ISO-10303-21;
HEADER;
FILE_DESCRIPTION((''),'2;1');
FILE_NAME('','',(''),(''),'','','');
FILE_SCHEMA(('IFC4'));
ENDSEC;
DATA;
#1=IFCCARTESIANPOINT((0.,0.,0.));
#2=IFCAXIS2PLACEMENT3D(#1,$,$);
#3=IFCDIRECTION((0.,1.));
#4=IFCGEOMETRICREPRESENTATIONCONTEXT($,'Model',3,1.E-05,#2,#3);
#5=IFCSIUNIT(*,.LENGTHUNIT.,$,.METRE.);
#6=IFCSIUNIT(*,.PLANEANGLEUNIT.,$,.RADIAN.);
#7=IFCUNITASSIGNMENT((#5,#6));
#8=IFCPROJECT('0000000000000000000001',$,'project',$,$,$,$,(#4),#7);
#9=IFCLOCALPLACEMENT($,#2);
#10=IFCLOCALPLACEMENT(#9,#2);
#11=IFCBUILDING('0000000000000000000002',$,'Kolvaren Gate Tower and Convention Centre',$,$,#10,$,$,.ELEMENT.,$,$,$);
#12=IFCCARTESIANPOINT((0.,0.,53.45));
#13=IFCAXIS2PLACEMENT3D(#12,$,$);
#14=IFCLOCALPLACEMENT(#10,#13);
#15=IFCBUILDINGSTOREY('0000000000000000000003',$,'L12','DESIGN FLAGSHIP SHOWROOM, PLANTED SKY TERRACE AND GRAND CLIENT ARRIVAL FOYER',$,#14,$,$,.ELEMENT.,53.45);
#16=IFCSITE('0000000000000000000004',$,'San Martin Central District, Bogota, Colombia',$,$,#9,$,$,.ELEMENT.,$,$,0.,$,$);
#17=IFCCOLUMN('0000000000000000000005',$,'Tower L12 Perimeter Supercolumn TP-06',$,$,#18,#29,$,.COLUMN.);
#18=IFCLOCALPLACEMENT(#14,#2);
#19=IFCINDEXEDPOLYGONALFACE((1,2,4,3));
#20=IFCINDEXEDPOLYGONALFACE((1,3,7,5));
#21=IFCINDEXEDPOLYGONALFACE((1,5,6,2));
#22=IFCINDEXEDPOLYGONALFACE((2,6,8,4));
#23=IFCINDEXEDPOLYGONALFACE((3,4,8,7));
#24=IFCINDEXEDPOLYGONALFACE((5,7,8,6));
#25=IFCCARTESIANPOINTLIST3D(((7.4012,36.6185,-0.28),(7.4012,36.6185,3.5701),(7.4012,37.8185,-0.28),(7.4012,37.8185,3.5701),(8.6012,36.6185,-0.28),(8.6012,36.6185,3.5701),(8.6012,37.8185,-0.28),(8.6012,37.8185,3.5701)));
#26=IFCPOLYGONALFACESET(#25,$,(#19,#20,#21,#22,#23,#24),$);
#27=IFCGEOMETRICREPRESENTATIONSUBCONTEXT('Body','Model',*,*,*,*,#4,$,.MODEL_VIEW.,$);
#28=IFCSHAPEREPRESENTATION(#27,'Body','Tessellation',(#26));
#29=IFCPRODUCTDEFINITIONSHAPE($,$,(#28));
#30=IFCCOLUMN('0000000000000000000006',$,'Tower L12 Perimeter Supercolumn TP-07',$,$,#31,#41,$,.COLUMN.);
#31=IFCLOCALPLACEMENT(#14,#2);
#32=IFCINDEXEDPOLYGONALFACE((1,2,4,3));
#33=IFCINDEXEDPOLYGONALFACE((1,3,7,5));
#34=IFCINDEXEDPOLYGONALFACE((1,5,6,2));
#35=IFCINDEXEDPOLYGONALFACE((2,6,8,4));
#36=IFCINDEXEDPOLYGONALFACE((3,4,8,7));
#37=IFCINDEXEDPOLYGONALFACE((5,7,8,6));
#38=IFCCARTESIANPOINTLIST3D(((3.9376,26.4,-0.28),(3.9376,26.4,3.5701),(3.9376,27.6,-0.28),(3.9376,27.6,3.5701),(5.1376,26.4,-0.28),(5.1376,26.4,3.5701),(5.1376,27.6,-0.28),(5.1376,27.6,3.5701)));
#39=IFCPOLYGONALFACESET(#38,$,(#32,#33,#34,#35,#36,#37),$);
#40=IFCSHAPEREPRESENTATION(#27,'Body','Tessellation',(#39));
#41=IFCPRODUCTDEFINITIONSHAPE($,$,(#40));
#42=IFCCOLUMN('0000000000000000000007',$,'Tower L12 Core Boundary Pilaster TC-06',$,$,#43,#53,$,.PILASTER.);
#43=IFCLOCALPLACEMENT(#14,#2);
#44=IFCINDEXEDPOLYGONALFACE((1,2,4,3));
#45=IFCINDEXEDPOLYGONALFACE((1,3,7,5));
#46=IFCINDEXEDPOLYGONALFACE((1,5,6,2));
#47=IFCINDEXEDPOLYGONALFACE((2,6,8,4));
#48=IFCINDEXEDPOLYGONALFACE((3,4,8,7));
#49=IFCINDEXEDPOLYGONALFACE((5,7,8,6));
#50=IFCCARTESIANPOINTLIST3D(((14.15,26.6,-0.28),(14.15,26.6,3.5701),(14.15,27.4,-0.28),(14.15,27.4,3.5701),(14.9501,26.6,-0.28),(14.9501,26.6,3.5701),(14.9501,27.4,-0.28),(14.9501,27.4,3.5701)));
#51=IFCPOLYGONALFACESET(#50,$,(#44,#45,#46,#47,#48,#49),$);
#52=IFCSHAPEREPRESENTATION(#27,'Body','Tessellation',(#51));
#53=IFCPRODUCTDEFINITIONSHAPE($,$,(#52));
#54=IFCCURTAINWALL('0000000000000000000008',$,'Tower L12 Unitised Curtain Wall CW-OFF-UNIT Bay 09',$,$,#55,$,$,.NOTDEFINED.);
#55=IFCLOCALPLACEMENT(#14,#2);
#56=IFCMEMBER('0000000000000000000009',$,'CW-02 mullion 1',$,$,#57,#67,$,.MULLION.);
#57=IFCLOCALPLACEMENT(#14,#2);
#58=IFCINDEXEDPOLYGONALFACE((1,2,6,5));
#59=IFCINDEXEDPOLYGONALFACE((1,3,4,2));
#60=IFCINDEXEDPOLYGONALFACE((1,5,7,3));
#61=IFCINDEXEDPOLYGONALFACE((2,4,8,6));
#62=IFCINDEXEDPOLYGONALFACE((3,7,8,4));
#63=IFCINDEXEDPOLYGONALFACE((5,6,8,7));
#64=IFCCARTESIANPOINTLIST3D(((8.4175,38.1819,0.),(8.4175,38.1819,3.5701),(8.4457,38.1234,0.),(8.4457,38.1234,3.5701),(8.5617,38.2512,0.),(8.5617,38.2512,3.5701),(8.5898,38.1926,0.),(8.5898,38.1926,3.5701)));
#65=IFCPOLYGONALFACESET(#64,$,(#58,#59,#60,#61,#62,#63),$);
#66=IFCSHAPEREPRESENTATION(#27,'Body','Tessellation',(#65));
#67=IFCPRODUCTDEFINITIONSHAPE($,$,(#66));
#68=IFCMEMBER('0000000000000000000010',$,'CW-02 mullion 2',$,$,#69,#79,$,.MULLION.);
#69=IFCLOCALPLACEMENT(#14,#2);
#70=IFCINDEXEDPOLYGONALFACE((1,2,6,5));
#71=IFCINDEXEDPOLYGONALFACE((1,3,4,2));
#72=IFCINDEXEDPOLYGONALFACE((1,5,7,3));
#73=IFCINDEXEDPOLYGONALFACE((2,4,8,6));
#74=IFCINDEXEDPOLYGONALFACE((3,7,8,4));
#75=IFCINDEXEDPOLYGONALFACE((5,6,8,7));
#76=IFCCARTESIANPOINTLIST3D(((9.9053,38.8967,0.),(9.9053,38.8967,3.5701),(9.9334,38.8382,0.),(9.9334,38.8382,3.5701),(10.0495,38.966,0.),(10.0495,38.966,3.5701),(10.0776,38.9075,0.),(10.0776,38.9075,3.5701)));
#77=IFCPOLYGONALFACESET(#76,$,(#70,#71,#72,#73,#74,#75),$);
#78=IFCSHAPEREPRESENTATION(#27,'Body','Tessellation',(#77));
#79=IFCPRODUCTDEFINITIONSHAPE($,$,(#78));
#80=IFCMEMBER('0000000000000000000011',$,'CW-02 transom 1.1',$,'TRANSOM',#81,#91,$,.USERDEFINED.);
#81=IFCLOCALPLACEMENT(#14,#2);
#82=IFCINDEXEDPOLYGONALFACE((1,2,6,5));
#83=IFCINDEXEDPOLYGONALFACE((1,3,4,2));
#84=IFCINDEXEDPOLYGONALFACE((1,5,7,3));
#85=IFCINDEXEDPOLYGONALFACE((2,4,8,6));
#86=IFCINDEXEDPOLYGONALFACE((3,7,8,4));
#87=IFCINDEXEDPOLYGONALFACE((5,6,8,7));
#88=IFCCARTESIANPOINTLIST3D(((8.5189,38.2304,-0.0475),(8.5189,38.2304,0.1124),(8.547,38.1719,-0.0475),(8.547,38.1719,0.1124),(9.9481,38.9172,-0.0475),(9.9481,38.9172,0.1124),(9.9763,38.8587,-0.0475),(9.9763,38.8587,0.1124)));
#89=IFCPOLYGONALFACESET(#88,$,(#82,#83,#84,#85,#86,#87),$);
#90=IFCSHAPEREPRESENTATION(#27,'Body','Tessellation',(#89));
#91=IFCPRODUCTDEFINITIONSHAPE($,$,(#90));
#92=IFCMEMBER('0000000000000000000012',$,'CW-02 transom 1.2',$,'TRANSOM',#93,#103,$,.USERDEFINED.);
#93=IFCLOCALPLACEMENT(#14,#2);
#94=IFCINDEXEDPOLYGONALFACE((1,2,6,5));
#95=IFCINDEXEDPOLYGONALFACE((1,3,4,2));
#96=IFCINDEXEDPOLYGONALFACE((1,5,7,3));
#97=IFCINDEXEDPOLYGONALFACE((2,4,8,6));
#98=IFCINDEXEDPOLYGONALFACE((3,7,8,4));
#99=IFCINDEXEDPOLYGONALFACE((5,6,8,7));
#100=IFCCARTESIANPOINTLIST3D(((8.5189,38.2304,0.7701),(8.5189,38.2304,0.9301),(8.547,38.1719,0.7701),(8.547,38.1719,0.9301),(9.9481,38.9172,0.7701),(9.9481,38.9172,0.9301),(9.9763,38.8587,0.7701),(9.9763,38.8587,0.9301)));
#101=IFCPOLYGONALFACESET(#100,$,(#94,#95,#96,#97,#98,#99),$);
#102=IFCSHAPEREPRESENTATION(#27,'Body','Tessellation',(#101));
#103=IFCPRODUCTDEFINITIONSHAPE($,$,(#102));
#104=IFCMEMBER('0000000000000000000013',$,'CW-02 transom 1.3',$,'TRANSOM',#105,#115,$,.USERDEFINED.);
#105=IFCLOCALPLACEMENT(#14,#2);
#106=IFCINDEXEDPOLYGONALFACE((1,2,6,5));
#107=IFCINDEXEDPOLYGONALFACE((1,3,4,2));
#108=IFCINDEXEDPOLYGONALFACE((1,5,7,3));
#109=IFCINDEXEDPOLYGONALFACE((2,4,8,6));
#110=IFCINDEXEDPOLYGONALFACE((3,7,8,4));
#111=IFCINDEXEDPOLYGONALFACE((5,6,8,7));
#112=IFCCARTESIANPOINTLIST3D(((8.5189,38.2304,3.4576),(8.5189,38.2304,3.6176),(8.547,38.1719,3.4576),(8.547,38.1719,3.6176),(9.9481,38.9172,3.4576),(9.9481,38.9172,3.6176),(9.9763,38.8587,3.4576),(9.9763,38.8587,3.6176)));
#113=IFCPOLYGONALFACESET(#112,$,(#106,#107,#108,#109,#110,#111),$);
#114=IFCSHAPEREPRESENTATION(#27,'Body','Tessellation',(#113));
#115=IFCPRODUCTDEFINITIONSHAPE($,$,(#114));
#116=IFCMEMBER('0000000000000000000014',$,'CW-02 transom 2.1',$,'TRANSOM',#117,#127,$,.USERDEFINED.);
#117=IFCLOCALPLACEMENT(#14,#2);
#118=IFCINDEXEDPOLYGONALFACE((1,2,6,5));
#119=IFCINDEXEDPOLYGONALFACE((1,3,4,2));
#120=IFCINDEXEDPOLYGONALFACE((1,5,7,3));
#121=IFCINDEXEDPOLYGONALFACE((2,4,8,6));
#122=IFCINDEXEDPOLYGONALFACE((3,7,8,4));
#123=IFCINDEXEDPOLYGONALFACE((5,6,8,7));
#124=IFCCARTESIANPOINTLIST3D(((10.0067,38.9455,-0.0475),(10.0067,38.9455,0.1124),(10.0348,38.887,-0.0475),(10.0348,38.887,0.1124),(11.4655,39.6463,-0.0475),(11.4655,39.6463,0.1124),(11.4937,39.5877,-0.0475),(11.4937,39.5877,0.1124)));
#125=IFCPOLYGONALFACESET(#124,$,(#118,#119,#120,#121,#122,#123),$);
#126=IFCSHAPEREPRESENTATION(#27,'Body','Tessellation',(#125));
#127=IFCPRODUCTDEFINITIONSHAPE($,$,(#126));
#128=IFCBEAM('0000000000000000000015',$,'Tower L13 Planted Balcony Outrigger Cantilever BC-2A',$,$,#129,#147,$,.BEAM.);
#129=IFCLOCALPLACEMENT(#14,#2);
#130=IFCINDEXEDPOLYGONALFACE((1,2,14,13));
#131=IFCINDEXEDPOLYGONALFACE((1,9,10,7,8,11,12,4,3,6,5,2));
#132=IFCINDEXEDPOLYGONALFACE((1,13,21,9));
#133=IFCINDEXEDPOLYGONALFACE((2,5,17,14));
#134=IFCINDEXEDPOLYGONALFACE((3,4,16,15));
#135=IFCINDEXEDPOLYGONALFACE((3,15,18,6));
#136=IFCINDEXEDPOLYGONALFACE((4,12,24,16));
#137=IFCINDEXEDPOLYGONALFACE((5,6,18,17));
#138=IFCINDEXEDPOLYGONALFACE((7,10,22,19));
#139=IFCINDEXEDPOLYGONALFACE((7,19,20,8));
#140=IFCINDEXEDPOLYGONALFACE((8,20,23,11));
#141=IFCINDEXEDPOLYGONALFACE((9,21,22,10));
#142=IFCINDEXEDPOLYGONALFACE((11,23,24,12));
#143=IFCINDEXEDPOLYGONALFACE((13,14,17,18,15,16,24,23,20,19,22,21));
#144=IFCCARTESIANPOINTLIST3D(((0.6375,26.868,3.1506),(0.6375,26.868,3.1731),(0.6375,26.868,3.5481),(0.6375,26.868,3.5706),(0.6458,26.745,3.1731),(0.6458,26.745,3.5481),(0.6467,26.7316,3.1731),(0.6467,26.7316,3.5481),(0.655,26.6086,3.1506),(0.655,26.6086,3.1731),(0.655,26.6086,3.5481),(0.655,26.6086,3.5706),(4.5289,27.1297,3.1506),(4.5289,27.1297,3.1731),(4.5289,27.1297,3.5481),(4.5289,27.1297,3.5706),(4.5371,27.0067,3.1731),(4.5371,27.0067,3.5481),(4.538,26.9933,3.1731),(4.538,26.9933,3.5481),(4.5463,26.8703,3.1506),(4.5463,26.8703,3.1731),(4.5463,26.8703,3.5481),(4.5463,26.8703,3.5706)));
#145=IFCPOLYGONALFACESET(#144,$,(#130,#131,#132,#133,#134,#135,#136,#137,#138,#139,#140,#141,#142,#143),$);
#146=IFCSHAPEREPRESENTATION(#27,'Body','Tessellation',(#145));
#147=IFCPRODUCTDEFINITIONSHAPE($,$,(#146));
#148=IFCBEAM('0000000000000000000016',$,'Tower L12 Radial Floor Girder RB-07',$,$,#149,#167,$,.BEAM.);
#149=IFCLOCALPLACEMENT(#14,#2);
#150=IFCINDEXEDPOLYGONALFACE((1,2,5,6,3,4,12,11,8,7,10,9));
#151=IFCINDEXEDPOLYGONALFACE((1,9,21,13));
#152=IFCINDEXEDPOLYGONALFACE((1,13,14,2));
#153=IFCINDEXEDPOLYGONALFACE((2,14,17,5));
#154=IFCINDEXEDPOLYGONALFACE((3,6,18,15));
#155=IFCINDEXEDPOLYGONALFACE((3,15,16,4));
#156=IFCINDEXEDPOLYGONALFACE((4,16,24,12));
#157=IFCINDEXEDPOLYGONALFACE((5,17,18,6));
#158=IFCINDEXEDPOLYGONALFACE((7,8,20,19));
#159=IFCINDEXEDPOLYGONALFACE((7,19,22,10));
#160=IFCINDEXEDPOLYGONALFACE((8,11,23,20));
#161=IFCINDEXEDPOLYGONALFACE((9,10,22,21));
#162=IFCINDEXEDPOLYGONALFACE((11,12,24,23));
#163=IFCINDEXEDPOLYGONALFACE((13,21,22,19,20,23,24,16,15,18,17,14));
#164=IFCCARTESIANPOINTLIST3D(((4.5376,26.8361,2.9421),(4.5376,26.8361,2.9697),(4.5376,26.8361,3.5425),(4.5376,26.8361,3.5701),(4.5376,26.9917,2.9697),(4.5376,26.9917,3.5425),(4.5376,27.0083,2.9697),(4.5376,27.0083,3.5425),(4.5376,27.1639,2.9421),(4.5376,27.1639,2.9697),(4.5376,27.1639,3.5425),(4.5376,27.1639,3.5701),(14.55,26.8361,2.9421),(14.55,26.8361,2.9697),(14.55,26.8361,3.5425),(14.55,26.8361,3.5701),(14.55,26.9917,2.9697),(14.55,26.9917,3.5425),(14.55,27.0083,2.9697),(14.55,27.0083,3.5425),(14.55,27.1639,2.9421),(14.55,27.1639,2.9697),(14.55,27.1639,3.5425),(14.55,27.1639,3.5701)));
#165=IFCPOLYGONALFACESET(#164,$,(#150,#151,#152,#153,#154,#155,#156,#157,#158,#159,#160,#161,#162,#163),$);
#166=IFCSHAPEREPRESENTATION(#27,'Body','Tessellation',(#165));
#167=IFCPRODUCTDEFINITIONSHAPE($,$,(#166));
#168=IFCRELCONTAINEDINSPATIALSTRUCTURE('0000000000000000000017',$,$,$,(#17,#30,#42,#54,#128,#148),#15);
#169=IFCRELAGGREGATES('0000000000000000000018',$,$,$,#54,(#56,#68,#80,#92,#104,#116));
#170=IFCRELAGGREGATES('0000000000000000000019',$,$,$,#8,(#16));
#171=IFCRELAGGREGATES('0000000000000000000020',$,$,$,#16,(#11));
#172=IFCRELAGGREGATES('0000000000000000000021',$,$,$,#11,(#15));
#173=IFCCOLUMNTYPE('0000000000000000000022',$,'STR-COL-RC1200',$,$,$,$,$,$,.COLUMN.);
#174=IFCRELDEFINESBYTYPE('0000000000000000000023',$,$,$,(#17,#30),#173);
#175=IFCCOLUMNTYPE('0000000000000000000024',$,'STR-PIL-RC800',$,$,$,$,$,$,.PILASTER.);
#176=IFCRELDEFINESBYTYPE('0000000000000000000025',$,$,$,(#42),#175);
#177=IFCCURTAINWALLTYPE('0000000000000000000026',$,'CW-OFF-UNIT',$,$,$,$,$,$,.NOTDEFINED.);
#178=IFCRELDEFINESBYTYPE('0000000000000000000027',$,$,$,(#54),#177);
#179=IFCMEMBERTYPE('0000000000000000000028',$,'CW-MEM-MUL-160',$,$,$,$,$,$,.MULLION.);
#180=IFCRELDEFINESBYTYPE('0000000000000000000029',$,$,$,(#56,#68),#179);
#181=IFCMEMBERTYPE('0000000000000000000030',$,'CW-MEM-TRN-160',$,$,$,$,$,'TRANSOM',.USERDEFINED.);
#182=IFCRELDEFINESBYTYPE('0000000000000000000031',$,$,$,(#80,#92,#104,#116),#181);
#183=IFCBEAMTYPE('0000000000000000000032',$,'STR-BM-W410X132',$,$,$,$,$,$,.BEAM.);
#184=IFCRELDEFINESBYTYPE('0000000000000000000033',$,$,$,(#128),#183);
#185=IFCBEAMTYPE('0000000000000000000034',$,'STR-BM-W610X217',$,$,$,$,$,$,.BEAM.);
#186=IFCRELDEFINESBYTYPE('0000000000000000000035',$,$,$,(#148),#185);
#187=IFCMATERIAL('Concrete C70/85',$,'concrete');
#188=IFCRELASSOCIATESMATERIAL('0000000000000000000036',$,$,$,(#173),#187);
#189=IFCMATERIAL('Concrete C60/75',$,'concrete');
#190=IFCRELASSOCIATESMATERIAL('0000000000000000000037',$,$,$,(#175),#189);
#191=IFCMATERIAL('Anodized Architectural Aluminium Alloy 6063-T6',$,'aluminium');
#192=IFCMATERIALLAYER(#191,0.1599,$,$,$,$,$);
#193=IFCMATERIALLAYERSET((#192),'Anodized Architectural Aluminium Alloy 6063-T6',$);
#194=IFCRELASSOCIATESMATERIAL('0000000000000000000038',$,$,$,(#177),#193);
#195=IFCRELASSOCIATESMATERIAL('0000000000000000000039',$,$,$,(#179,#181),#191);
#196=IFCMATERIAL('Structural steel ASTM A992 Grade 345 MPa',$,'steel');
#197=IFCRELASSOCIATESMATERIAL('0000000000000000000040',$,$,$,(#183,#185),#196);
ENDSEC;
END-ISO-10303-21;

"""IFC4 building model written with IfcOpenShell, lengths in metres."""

from ifc_helpers import new_model, si_unit, direction, frame, origin, origin_2d, place, context, subcontext, project, spatial, rectangle, i_section, extrude, material, layer, layer_set, material_profile, profile_set, type_object, element, aggregate, save


model = new_model("IFC4")

# Units and contexts
model_context = context("Model", 3, precision=1e-05, world=origin(), true_north=direction((0.0, 1.0)))
body_context = subcontext(model_context, "Body", "Model", "MODEL_VIEW")
ifc_project = project(units=[si_unit("LENGTHUNIT", "METRE"), si_unit("PLANEANGLEUNIT", "RADIAN")], contexts=[model_context])

# Site, building, storey
site_placement = place(None, origin())
site = spatial("IfcSite", under=ifc_project, at=site_placement, Name="San Martin Central District, Bogota, Colombia", CompositionType="ELEMENT", RefElevation=0.0)
building_placement = place(site_placement, origin())
building = spatial("IfcBuilding", under=site, at=building_placement, Name="Kolvaren Gate Tower and Convention Centre", CompositionType="ELEMENT")
storey_placement = place(building_placement, frame((0.0, 0.0, 53.45)))
storey = spatial("IfcBuildingStorey", under=building, at=storey_placement, Name="L12", Description="DESIGN FLAGSHIP SHOWROOM, PLANTED SKY TERRACE AND GRAND CLIENT ARRIVAL FOYER", CompositionType="ELEMENT", Elevation=53.45)

# Columns
ifc_material_1 = material(Name="Concrete C70/85", Category="concrete")
ifc_material_profile_1 = material_profile(ifc_material_1, rectangle(XDim=1.2, YDim=1.2, at=origin_2d()), Name="RC-COL-1200X1200")
ifc_profile_set_1 = profile_set([ifc_material_profile_1], Name="Concrete C70/85")
column_type_1 = type_object("IfcColumnType", Name="STR-COL-RC1200", PredefinedType="COLUMN", material=ifc_profile_set_1)
for number, where, z_axis, x_axis, name in (
    (1, (8.0012, 37.2185, -0.28), (0.0, 0.0, 1.0), (1.0, 0.0, 0.0), "Tower L12 Perimeter Supercolumn TP-06"),
    (2, (4.5376, 27.0, -0.28), (0.0, 0.0, 1.0), (1.0, 0.0, 0.0), "Tower L12 Perimeter Supercolumn TP-07"),
):
    element("IfcColumn", number, at=place(storey_placement, frame(where, z_axis=z_axis, x_axis=x_axis)), inside=storey, type_object=column_type_1, Name=name, PredefinedType="COLUMN", context=body_context, shape_type="SweptSolid", body=[
        extrude(rectangle(XDim=1.2, YDim=1.2, at=origin_2d()), origin(), (0.0, 0.0, 1.0), 3.8501),
    ])
ifc_material_2 = material(Name="Concrete C60/75", Category="concrete")
ifc_material_profile_2 = material_profile(ifc_material_2, rectangle(XDim=0.8, YDim=0.8, at=origin_2d()), Name="RC-COL-800X800")
ifc_profile_set_2 = profile_set([ifc_material_profile_2], Name="Concrete C60/75")
column_type_2 = type_object("IfcColumnType", Name="STR-PIL-RC800", PredefinedType="PILASTER", material=ifc_profile_set_2)
column_placement = place(storey_placement, frame((14.55, 27.0, -0.28), z_axis=(0.0, 0.0, 1.0), x_axis=(1.0, 0.0, 0.0)))
element("IfcColumn", 3, at=column_placement, inside=storey, type_object=column_type_2, Name="Tower L12 Core Boundary Pilaster TC-06", PredefinedType="PILASTER", context=body_context, shape_type="SweptSolid", body=[
    extrude(rectangle(XDim=0.8, YDim=0.8, at=origin_2d()), origin(), (0.0, 0.0, 1.0), 3.8501),
])

# Curtain wall, members
ifc_material_3 = material(Name="Anodized Architectural Aluminium Alloy 6063-T6", Category="aluminium")
ifc_layer_1 = layer(ifc_material_3, 0.1599)
ifc_layer_set_1 = layer_set([ifc_layer_1], Name="Anodized Architectural Aluminium Alloy 6063-T6")
curtain_wall_type = type_object("IfcCurtainWallType", Name="CW-OFF-UNIT", PredefinedType="NOTDEFINED", material=ifc_layer_set_1)
curtain_wall_placement = place(storey_placement, origin())
curtain_wall = element("IfcCurtainWall", 4, at=curtain_wall_placement, inside=storey, type_object=curtain_wall_type, Name="Tower L12 Unitised Curtain Wall CW-OFF-UNIT Bay 09", PredefinedType="NOTDEFINED")
ifc_material_profile_3 = material_profile(ifc_material_3, rectangle(XDim=0.0649, YDim=0.1599, at=origin_2d()), Name="CW-MEM-MUL-160")
ifc_profile_set_3 = profile_set([ifc_material_profile_3], Name="Anodized Architectural Aluminium Alloy 6063-T6")
member_type_1 = type_object("IfcMemberType", Name="CW-MEM-MUL-160", PredefinedType="MULLION", material=ifc_profile_set_3)
member_1_placement = place(storey_placement, frame((8.5037, 38.1873, 0.0), z_axis=(0.0, 0.0, 1.0), x_axis=(-0.433075, 0.901358, 0.0)))
member_1 = element("IfcMember", 5, at=member_1_placement, type_object=member_type_1, Name="CW-02 mullion 1", PredefinedType="MULLION", context=body_context, shape_type="SweptSolid", body=[
    extrude(rectangle(XDim=0.0649, YDim=0.1599, at=origin_2d()), origin(), (0.0, 0.0, 1.0), 3.5701),
])
member_2_placement = place(storey_placement, frame((9.9915, 38.9021, 0.0), z_axis=(0.0, 0.0, 1.0), x_axis=(-0.433075, 0.901358, 0.0)))
member_2 = element("IfcMember", 6, at=member_2_placement, type_object=member_type_1, Name="CW-02 mullion 2", PredefinedType="MULLION", context=body_context, shape_type="SweptSolid", body=[
    extrude(rectangle(XDim=0.0649, YDim=0.1599, at=origin_2d()), origin(), (0.0, 0.0, 1.0), 3.5701),
])
ifc_material_profile_4 = material_profile(ifc_material_3, rectangle(XDim=0.0649, YDim=0.1599, at=origin_2d()), Name="CW-MEM-TRN-160")
ifc_profile_set_4 = profile_set([ifc_material_profile_4], Name="Anodized Architectural Aluminium Alloy 6063-T6")
member_type_2 = type_object("IfcMemberType", Name="CW-MEM-TRN-160", ElementType="TRANSOM", PredefinedType="USERDEFINED", material=ifc_profile_set_4)
member_3_placement = place(storey_placement, frame((8.533, 38.2012, 0.0325), z_axis=(0.901338, 0.433116, 0.0), x_axis=(-0.433116, 0.901338, 0.0)))
member_3 = element("IfcMember", 7, at=member_3_placement, type_object=member_type_2, Name="CW-02 transom 1.1", ObjectType="TRANSOM", PredefinedType="USERDEFINED", context=body_context, shape_type="SweptSolid", body=[
    extrude(rectangle(XDim=0.0649, YDim=0.1599, at=origin_2d()), origin(), (0.0, 0.0, 1.0), 1.5857),
])
member_4_placement = place(storey_placement, frame((8.533, 38.2012, 0.8501), z_axis=(0.901338, 0.433116, 0.0), x_axis=(-0.433116, 0.901338, 0.0)))
member_4 = element("IfcMember", 8, at=member_4_placement, type_object=member_type_2, Name="CW-02 transom 1.2", ObjectType="TRANSOM", PredefinedType="USERDEFINED", context=body_context, shape_type="SweptSolid", body=[
    extrude(rectangle(XDim=0.0649, YDim=0.1599, at=origin_2d()), origin(), (0.0, 0.0, 1.0), 1.5857),
])
member_5_placement = place(storey_placement, frame((8.533, 38.2012, 3.5376), z_axis=(0.901338, 0.433116, 0.0), x_axis=(-0.433116, 0.901338, 0.0)))
member_5 = element("IfcMember", 9, at=member_5_placement, type_object=member_type_2, Name="CW-02 transom 1.3", ObjectType="TRANSOM", PredefinedType="USERDEFINED", context=body_context, shape_type="SweptSolid", body=[
    extrude(rectangle(XDim=0.0649, YDim=0.1599, at=origin_2d()), origin(), (0.0, 0.0, 1.0), 1.5857),
])
member_6_placement = place(storey_placement, frame((10.0208, 38.9163, 0.0325), z_axis=(0.901405, 0.432976, 0.0), x_axis=(-0.432976, 0.901405, 0.0)))
member_6 = element("IfcMember", 10, at=member_6_placement, type_object=member_type_2, Name="CW-02 transom 2.1", ObjectType="TRANSOM", PredefinedType="USERDEFINED", context=body_context, shape_type="SweptSolid", body=[
    extrude(rectangle(XDim=0.0649, YDim=0.1599, at=origin_2d()), origin(), (0.0, 0.0, 1.0), 1.6184),
])

# Beams
ifc_material_4 = material(Name="Structural steel ASTM A992 Grade 345 MPa", Category="steel")
ifc_material_profile_5 = material_profile(ifc_material_4, i_section(OverallWidth=0.26, OverallDepth=0.4199, WebThickness=0.0134, FlangeThickness=0.0225, at=origin_2d()), Name="W410X132")
ifc_profile_set_5 = profile_set([ifc_material_profile_5], Name="Structural steel ASTM A992 Grade 345 MPa")
beam_type_1 = type_object("IfcBeamType", Name="STR-BM-W410X132", PredefinedType="BEAM", material=ifc_profile_set_5)
beam_1_placement = place(storey_placement, frame((4.5376, 27.0, 3.3606), z_axis=(-0.997746, -0.067105, 0.0), x_axis=(0.067105, -0.997746, 0.0)))
element("IfcBeam", 11, at=beam_1_placement, inside=storey, type_object=beam_type_1, Name="Tower L13 Planted Balcony Outrigger Cantilever BC-2A", PredefinedType="BEAM", context=body_context, shape_type="SweptSolid", body=[
    extrude(i_section(OverallWidth=0.26, OverallDepth=0.4199, WebThickness=0.0134, FlangeThickness=0.0225, at=origin_2d()), origin(), (0.0, 0.0, 1.0), 3.9001),
])
ifc_material_profile_6 = material_profile(ifc_material_4, i_section(OverallWidth=0.3279, OverallDepth=0.6279, WebThickness=0.0166, FlangeThickness=0.0276, at=origin_2d()), Name="W610X217")
ifc_profile_set_6 = profile_set([ifc_material_profile_6], Name="Structural steel ASTM A992 Grade 345 MPa")
beam_type_2 = type_object("IfcBeamType", Name="STR-BM-W610X217", PredefinedType="BEAM", material=ifc_profile_set_6)
beam_2_placement = place(storey_placement, frame((14.55, 27.0, 3.2561), z_axis=(-1.0, 0.0, 0.0), x_axis=(0.0, -1.0, 0.0)))
element("IfcBeam", 12, at=beam_2_placement, inside=storey, type_object=beam_type_2, Name="Tower L12 Radial Floor Girder RB-07", PredefinedType="BEAM", context=body_context, shape_type="SweptSolid", body=[
    extrude(i_section(OverallWidth=0.3279, OverallDepth=0.6279, WebThickness=0.0166, FlangeThickness=0.0276, at=origin_2d()), origin(), (0.0, 0.0, 1.0), 10.0125),
])

aggregate(curtain_wall, [member_1, member_2, member_3, member_4, member_5, member_6])

save(model, "model.ifc")
